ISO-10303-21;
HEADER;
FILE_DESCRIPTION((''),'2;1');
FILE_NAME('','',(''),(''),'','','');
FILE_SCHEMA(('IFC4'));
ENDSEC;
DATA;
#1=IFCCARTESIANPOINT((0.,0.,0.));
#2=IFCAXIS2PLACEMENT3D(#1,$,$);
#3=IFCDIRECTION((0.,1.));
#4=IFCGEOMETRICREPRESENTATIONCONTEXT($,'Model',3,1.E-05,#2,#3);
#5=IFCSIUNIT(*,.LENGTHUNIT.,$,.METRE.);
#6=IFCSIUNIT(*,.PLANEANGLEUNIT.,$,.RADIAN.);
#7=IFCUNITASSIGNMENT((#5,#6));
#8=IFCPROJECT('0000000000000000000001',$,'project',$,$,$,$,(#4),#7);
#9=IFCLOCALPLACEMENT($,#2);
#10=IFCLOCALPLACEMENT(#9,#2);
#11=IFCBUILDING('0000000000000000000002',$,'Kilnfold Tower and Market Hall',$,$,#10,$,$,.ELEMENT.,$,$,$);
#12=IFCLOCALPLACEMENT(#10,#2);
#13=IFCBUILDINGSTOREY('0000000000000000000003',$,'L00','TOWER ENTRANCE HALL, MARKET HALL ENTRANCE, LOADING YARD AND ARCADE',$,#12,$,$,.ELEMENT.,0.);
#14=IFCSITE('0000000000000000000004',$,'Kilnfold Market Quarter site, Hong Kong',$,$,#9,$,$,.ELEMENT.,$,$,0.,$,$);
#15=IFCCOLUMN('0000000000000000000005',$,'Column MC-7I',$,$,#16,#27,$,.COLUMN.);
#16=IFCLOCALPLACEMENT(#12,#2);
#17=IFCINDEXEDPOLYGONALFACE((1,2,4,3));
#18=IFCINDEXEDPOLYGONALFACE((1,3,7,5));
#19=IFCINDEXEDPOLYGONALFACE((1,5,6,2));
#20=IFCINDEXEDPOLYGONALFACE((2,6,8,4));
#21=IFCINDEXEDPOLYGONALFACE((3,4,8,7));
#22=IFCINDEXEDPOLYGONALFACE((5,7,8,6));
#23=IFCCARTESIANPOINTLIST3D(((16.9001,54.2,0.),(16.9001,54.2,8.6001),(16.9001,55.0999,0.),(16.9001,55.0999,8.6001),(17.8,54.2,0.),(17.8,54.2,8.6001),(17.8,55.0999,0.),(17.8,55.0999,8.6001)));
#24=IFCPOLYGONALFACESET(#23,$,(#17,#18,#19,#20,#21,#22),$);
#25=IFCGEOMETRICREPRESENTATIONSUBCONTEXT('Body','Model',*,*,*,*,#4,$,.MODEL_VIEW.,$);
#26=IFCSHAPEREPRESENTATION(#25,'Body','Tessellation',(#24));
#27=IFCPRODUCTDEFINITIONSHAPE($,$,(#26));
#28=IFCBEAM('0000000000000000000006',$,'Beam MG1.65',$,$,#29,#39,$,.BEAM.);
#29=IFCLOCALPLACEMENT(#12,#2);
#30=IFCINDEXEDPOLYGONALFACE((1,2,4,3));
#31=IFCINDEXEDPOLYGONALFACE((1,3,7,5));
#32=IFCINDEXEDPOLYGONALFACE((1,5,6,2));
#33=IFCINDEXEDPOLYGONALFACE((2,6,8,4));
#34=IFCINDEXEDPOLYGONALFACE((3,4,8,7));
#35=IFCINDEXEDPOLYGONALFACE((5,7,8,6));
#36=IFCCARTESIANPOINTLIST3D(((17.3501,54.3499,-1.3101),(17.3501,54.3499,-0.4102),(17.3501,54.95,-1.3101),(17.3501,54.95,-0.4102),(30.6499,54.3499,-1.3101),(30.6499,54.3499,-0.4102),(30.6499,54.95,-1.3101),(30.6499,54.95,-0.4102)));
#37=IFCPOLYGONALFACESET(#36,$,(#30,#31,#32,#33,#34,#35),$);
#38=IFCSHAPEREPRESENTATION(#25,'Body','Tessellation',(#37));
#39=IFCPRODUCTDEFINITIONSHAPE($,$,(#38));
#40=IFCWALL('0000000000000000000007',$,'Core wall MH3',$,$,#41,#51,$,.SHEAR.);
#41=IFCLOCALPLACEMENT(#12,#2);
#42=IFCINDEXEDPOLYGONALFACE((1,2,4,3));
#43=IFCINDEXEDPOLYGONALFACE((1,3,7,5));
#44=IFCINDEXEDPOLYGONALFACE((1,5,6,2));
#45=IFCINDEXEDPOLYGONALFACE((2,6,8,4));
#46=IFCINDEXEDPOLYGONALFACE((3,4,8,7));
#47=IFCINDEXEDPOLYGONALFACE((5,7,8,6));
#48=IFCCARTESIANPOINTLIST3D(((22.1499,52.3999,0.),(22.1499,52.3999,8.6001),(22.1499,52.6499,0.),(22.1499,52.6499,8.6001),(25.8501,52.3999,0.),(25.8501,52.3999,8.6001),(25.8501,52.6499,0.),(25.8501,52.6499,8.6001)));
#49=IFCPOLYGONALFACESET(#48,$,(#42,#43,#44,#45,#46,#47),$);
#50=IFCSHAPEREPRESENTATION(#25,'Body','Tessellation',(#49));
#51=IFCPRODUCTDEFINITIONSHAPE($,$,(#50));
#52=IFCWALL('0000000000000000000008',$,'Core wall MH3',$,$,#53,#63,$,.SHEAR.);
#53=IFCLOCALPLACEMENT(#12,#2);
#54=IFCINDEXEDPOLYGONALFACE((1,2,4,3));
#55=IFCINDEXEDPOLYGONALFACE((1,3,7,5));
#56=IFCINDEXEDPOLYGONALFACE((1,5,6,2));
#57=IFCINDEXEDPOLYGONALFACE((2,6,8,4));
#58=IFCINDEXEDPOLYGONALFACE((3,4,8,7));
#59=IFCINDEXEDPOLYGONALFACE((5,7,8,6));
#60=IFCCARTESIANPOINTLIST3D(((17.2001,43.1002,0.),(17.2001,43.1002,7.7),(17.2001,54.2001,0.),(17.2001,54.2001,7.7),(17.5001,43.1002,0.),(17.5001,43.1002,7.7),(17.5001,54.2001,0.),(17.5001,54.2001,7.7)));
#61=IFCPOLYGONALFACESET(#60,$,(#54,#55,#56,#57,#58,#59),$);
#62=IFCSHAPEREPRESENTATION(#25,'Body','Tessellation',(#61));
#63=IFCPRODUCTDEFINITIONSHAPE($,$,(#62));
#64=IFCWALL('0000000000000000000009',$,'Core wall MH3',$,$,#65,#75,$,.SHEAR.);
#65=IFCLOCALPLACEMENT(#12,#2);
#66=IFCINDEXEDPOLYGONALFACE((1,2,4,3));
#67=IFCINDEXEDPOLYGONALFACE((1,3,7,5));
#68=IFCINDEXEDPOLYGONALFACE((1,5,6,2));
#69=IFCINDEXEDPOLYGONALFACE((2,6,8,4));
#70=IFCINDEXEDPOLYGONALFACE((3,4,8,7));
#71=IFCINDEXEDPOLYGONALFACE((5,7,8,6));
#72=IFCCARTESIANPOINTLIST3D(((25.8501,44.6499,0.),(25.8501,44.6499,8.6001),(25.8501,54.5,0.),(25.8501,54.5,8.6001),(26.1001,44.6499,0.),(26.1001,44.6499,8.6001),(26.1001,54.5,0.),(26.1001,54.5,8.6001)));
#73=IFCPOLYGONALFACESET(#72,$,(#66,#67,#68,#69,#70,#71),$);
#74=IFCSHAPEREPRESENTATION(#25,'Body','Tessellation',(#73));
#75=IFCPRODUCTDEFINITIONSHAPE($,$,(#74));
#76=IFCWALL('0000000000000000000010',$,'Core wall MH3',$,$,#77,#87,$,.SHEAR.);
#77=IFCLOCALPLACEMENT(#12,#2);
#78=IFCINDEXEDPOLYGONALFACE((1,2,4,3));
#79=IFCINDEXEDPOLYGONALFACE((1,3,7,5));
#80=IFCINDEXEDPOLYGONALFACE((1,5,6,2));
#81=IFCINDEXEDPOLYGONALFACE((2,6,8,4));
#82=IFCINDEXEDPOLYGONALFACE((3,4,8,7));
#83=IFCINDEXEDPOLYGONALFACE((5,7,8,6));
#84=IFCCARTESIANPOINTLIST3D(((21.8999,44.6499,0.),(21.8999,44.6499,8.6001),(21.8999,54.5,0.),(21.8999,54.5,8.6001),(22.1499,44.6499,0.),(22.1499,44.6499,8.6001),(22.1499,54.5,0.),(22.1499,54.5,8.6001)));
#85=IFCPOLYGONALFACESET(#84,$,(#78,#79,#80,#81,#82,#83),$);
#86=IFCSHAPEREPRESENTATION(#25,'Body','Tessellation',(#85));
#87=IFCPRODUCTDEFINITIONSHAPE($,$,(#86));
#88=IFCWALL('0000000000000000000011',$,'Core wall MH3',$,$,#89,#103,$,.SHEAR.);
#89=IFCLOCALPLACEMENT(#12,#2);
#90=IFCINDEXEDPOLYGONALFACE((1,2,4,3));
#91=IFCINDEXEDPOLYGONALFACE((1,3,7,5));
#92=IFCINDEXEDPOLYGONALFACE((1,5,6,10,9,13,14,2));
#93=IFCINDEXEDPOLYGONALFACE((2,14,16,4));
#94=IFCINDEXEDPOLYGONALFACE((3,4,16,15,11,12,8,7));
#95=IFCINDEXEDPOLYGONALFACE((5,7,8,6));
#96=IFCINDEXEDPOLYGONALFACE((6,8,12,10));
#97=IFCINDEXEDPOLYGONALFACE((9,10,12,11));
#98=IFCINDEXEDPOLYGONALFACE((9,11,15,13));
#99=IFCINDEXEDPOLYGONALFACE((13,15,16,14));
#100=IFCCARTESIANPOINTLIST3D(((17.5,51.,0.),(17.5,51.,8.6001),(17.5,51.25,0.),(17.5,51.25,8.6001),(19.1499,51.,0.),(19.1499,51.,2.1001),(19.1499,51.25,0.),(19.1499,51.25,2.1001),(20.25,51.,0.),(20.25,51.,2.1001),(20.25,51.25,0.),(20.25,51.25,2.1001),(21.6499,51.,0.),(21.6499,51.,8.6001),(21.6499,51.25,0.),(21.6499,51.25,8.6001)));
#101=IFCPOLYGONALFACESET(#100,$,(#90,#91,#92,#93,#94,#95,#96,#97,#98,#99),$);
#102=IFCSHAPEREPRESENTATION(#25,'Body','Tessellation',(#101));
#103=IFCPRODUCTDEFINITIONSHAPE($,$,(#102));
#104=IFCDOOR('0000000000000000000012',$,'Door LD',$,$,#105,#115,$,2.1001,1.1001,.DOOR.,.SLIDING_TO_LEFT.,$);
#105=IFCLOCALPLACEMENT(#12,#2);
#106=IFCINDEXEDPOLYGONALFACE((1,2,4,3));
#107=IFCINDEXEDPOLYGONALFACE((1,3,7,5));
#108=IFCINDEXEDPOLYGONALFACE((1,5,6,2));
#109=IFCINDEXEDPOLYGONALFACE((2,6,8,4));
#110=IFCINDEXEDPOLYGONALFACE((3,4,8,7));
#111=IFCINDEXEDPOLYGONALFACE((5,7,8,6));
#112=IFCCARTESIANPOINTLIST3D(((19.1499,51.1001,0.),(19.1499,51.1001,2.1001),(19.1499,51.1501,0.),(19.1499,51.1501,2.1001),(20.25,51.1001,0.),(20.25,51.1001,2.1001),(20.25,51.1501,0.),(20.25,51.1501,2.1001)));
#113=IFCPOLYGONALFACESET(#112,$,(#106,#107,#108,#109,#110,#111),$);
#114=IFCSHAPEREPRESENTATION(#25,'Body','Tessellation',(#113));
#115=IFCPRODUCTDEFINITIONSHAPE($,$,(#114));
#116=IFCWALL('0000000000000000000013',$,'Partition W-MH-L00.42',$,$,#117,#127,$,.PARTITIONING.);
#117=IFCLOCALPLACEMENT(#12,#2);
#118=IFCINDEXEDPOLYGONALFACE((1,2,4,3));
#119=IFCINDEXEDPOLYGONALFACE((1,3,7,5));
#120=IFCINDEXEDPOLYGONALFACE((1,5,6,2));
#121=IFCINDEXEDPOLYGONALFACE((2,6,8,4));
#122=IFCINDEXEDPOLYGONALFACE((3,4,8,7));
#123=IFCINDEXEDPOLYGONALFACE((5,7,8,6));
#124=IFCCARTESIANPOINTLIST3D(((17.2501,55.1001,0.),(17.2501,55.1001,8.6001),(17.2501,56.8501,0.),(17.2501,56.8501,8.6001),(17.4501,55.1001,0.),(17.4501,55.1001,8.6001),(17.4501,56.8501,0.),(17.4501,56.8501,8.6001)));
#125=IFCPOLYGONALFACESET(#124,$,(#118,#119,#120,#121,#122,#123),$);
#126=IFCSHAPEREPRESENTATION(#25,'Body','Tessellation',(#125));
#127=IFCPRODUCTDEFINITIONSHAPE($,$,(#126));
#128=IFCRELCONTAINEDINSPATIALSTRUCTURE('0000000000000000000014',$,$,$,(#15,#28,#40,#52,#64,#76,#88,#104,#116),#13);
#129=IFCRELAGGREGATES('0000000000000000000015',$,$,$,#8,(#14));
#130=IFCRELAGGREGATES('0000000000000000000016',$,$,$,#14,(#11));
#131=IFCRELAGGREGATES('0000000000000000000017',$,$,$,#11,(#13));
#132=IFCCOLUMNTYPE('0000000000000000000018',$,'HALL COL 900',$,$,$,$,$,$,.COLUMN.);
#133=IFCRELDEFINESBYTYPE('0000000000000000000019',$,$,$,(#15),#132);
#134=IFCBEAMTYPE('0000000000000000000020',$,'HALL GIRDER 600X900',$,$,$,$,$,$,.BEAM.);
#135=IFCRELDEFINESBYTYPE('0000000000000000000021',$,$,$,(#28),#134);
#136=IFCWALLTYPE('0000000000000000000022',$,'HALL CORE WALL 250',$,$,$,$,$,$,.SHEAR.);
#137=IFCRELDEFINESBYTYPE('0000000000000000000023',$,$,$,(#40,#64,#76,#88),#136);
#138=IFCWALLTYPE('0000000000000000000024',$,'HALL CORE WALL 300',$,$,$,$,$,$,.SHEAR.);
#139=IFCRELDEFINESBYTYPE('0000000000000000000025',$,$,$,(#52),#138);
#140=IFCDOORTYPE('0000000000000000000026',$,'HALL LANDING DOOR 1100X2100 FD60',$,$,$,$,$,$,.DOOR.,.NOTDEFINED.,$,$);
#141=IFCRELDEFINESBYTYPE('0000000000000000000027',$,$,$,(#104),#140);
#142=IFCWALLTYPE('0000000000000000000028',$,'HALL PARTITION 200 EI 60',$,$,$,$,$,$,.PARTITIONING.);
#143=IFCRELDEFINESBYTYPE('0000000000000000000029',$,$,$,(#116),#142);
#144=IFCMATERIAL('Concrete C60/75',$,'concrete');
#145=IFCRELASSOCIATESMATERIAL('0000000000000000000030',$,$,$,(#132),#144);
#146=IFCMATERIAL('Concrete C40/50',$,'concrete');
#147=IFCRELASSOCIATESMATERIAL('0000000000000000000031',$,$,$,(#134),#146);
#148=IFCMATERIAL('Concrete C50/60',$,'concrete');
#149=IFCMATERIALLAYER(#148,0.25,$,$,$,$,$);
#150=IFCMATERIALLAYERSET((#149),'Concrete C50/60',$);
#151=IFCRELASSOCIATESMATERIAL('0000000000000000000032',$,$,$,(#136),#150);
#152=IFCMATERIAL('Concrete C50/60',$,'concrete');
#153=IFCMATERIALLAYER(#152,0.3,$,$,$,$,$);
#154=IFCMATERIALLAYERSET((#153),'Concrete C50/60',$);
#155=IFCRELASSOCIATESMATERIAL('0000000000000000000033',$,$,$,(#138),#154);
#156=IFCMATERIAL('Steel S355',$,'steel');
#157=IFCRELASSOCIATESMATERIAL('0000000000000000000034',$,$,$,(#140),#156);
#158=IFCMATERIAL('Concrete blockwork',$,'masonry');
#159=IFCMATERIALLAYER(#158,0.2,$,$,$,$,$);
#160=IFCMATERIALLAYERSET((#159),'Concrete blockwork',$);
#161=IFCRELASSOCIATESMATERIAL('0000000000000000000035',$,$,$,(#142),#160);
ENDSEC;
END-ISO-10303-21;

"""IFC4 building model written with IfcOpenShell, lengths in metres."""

from ifc_helpers import new_model, si_unit, direction, frame, frame_2d, origin, origin_2d, place, context, subcontext, project, spatial, rectangle, extrude, source, transform, mapped, material, layer, layer_set, material_profile, profile_set, type_object, element, fill, save


model = new_model("IFC4")

# Units and contexts
model_context = context("Model", 3, precision=1e-05, world=origin(), true_north=direction((0.0, 1.0)))
body_context = subcontext(model_context, "Body", "Model", "MODEL_VIEW")
ifc_project = project(units=[si_unit("LENGTHUNIT", "METRE"), si_unit("PLANEANGLEUNIT", "RADIAN")], contexts=[model_context])

# Site, building, storey
site_placement = place(None, origin())
site = spatial("IfcSite", under=ifc_project, at=site_placement, Name="Kilnfold Market Quarter site, Hong Kong", CompositionType="ELEMENT", RefElevation=0.0)
building_placement = place(site_placement, origin())
building = spatial("IfcBuilding", under=site, at=building_placement, Name="Kilnfold Tower and Market Hall", CompositionType="ELEMENT")
storey_placement = place(building_placement, origin())
storey = spatial("IfcBuildingStorey", under=building, at=storey_placement, Name="L00", Description="TOWER ENTRANCE HALL, MARKET HALL ENTRANCE, LOADING YARD AND ARCADE", CompositionType="ELEMENT", Elevation=0.0)

# Column
ifc_material_1 = material(Name="Concrete C60/75", Category="concrete")
ifc_material_profile_1 = material_profile(ifc_material_1, rectangle(XDim=0.8999, YDim=0.8999, at=origin_2d()), Name="RC 900x900")
ifc_profile_set_1 = profile_set([ifc_material_profile_1], Name="Concrete C60/75")
column_type = type_object("IfcColumnType", Name="HALL COL 900", PredefinedType="COLUMN", material=ifc_profile_set_1)
shared_shape_1 = source(origin(), body_context, "Body", "SweptSolid", [
    extrude(rectangle(XDim=0.8999, YDim=0.8999, at=origin_2d()), origin(), (0.0, 0.0, 1.0), 8.6001),
])
column_placement = place(storey_placement, frame((17.3501, 54.6499, 0.0), z_axis=(0.0, 0.0, 1.0), x_axis=(1.0, 0.0, 0.0)))
element("IfcColumn", 1, at=column_placement, inside=storey, type_object=column_type, Name="Column MC-7I", PredefinedType="COLUMN", context=body_context, shape_type="MappedRepresentation", body=[
    mapped(shared_shape_1, transform((0.0, 0.0, 0.0))),
])

# Beam
ifc_material_2 = material(Name="Concrete C40/50", Category="concrete")
ifc_material_profile_2 = material_profile(ifc_material_2, rectangle(XDim=0.6001, YDim=0.8999, at=origin_2d()), Name="RC 600x900")
ifc_profile_set_2 = profile_set([ifc_material_profile_2], Name="Concrete C40/50")
beam_type = type_object("IfcBeamType", Name="HALL GIRDER 600X900", PredefinedType="BEAM", material=ifc_profile_set_2)
beam_placement = place(storey_placement, frame((17.3501, 54.6499, -0.8601), z_axis=(1.0, 0.0, 0.0), x_axis=(0.0, 1.0, 0.0)))
element("IfcBeam", 2, at=beam_placement, inside=storey, type_object=beam_type, Name="Beam MG1.65", PredefinedType="BEAM", context=body_context, shape_type="SweptSolid", body=[
    extrude(rectangle(XDim=0.6001, YDim=0.8999, at=origin_2d()), origin(), (0.0, 0.0, 1.0), 13.2998),
])

# Walls
ifc_material_3 = material(Name="Concrete C50/60", Category="concrete")
ifc_layer_1 = layer(ifc_material_3, 0.25)
ifc_layer_set_1 = layer_set([ifc_layer_1], Name="Concrete C50/60")
wall_type_1 = type_object("IfcWallType", Name="HALL CORE WALL 250", PredefinedType="SHEAR", material=ifc_layer_set_1)
shared_shape_2 = source(origin(), body_context, "Body", "SweptSolid", [
    extrude(rectangle(XDim=3.7002, YDim=0.25, at=frame_2d((1.8501, 0.0))), origin(), (0.0, 0.0, 1.0), 8.6001),
])
wall_1_placement = place(storey_placement, frame((25.8501, 52.5249, 0.0), z_axis=(0.0, 0.0, 1.0), x_axis=(-1.0, 0.0, 0.0)))
element("IfcWall", 3, at=wall_1_placement, inside=storey, type_object=wall_type_1, Name="Core wall MH3", PredefinedType="SHEAR", context=body_context, shape_type="MappedRepresentation", body=[
    mapped(shared_shape_2, transform((0.0, 0.0, 0.0))),
])
ifc_material_4 = material(Name="Concrete C50/60", Category="concrete")
ifc_layer_2 = layer(ifc_material_4, 0.3)
ifc_layer_set_2 = layer_set([ifc_layer_2], Name="Concrete C50/60")
wall_type_2 = type_object("IfcWallType", Name="HALL CORE WALL 300", PredefinedType="SHEAR", material=ifc_layer_set_2)
shared_shape_3 = source(origin(), body_context, "Body", "SweptSolid", [
    extrude(rectangle(XDim=11.0999, YDim=0.3, at=frame_2d((5.5498, 0.0))), origin(), (0.0, 0.0, 1.0), 7.7),
])
wall_2_placement = place(storey_placement, frame((17.3501, 54.2, 0.0), z_axis=(0.0, 0.0, 1.0), x_axis=(0.0, -1.0, 0.0)))
element("IfcWall", 4, at=wall_2_placement, inside=storey, type_object=wall_type_2, Name="Core wall MH3", PredefinedType="SHEAR", context=body_context, shape_type="MappedRepresentation", body=[
    mapped(shared_shape_3, transform((0.0, 0.0, 0.0))),
])
shared_shape_4 = source(origin(), body_context, "Body", "SweptSolid", [
    extrude(rectangle(XDim=9.8501, YDim=0.25, at=frame_2d((4.925, 0.0))), origin(), (0.0, 0.0, 1.0), 8.6001),
])
for number, where, z_axis, x_axis, name in (
    (5, (25.9751, 54.5, 0.0), (0.0, 0.0, 1.0), (0.0, -1.0, 0.0), "Core wall MH3"),
    (6, (22.0249, 54.5, 0.0), (0.0, 0.0, 1.0), (0.0, -1.0, 0.0), "Core wall MH3"),
):
    element("IfcWall", number, at=place(storey_placement, frame(where, z_axis=z_axis, x_axis=x_axis)), inside=storey, type_object=wall_type_1, Name=name, PredefinedType="SHEAR", context=body_context, shape_type="MappedRepresentation", body=[
        mapped(shared_shape_4, transform((0.0, 0.0, 0.0))),
    ])

# Wall, opening, door
shared_shape_5 = source(origin(), body_context, "Body", "SweptSolid", [
    extrude(rectangle(XDim=4.1499, YDim=0.25, at=frame_2d((2.075, 0.0))), origin(), (0.0, 0.0, 1.0), 8.6001),
])
wall_3_placement = place(storey_placement, frame((21.6499, 51.125, 0.0), z_axis=(0.0, 0.0, 1.0), x_axis=(-1.0, 0.0, 0.0)))
wall_3 = element("IfcWall", 7, at=wall_3_placement, inside=storey, type_object=wall_type_1, Name="Core wall MH3", PredefinedType="SHEAR", context=body_context, shape_type="MappedRepresentation", body=[
    mapped(shared_shape_5, transform((0.0, 0.0, 0.0))),
])
opening_placement = place(wall_3_placement, frame((1.3999, 0.0, 0.0)))
opening = element("IfcOpeningElement", 8, at=opening_placement, cuts=wall_3, PredefinedType="OPENING", context=body_context, shape_type="SweptSolid", body=[
    extrude(rectangle(XDim=1.1001, YDim=2.1001, at=frame_2d((0.55, 1.05))), frame((0.0, 0.135, 0.0), z_axis=(0.0, -1.0, 0.0), x_axis=(1.0, 0.0, 0.0)), (0.0, 0.0, 1.0), 0.27),
])
ifc_material_5 = material(Name="Steel S355", Category="steel")
door_type = type_object("IfcDoorType", Name="HALL LANDING DOOR 1100X2100 FD60", OperationType="NOTDEFINED", PredefinedType="DOOR", material=ifc_material_5)
door_placement = place(opening_placement, origin())
door = element("IfcDoor", 9, at=door_placement, inside=storey, type_object=door_type, Name="Door LD", OperationType="SLIDING_TO_LEFT", OverallHeight=2.1001, OverallWidth=1.1001, PredefinedType="DOOR", context=body_context, shape_type="SweptSolid", body=[
    extrude(rectangle(XDim=1.1001, YDim=2.1001, at=frame_2d((0.55, 1.05))), frame((0.0, 0.0249, 0.0), z_axis=(0.0, -1.0, 0.0), x_axis=(1.0, 0.0, 0.0)), (0.0, 0.0, 1.0), 0.05),
])
fill(opening, door)

# Wall
ifc_material_6 = material(Name="Concrete blockwork", Category="masonry")
ifc_layer_3 = layer(ifc_material_6, 0.2)
ifc_layer_set_3 = layer_set([ifc_layer_3], Name="Concrete blockwork")
wall_type_3 = type_object("IfcWallType", Name="HALL PARTITION 200 EI 60", PredefinedType="PARTITIONING", material=ifc_layer_set_3)
shared_shape_6 = source(origin(), body_context, "Body", "SweptSolid", [
    extrude(rectangle(XDim=1.75, YDim=0.2, at=frame_2d((0.875, 0.0))), origin(), (0.0, 0.0, 1.0), 8.6001),
])
wall_4_placement = place(storey_placement, frame((17.3501, 56.8501, 0.0), z_axis=(0.0, 0.0, 1.0), x_axis=(0.0, -1.0, 0.0)))
element("IfcWall", 10, at=wall_4_placement, inside=storey, type_object=wall_type_3, Name="Partition W-MH-L00.42", PredefinedType="PARTITIONING", context=body_context, shape_type="MappedRepresentation", body=[
    mapped(shared_shape_6, transform((0.0, 0.0, 0.0))),
])

save(model, "model.ifc")
